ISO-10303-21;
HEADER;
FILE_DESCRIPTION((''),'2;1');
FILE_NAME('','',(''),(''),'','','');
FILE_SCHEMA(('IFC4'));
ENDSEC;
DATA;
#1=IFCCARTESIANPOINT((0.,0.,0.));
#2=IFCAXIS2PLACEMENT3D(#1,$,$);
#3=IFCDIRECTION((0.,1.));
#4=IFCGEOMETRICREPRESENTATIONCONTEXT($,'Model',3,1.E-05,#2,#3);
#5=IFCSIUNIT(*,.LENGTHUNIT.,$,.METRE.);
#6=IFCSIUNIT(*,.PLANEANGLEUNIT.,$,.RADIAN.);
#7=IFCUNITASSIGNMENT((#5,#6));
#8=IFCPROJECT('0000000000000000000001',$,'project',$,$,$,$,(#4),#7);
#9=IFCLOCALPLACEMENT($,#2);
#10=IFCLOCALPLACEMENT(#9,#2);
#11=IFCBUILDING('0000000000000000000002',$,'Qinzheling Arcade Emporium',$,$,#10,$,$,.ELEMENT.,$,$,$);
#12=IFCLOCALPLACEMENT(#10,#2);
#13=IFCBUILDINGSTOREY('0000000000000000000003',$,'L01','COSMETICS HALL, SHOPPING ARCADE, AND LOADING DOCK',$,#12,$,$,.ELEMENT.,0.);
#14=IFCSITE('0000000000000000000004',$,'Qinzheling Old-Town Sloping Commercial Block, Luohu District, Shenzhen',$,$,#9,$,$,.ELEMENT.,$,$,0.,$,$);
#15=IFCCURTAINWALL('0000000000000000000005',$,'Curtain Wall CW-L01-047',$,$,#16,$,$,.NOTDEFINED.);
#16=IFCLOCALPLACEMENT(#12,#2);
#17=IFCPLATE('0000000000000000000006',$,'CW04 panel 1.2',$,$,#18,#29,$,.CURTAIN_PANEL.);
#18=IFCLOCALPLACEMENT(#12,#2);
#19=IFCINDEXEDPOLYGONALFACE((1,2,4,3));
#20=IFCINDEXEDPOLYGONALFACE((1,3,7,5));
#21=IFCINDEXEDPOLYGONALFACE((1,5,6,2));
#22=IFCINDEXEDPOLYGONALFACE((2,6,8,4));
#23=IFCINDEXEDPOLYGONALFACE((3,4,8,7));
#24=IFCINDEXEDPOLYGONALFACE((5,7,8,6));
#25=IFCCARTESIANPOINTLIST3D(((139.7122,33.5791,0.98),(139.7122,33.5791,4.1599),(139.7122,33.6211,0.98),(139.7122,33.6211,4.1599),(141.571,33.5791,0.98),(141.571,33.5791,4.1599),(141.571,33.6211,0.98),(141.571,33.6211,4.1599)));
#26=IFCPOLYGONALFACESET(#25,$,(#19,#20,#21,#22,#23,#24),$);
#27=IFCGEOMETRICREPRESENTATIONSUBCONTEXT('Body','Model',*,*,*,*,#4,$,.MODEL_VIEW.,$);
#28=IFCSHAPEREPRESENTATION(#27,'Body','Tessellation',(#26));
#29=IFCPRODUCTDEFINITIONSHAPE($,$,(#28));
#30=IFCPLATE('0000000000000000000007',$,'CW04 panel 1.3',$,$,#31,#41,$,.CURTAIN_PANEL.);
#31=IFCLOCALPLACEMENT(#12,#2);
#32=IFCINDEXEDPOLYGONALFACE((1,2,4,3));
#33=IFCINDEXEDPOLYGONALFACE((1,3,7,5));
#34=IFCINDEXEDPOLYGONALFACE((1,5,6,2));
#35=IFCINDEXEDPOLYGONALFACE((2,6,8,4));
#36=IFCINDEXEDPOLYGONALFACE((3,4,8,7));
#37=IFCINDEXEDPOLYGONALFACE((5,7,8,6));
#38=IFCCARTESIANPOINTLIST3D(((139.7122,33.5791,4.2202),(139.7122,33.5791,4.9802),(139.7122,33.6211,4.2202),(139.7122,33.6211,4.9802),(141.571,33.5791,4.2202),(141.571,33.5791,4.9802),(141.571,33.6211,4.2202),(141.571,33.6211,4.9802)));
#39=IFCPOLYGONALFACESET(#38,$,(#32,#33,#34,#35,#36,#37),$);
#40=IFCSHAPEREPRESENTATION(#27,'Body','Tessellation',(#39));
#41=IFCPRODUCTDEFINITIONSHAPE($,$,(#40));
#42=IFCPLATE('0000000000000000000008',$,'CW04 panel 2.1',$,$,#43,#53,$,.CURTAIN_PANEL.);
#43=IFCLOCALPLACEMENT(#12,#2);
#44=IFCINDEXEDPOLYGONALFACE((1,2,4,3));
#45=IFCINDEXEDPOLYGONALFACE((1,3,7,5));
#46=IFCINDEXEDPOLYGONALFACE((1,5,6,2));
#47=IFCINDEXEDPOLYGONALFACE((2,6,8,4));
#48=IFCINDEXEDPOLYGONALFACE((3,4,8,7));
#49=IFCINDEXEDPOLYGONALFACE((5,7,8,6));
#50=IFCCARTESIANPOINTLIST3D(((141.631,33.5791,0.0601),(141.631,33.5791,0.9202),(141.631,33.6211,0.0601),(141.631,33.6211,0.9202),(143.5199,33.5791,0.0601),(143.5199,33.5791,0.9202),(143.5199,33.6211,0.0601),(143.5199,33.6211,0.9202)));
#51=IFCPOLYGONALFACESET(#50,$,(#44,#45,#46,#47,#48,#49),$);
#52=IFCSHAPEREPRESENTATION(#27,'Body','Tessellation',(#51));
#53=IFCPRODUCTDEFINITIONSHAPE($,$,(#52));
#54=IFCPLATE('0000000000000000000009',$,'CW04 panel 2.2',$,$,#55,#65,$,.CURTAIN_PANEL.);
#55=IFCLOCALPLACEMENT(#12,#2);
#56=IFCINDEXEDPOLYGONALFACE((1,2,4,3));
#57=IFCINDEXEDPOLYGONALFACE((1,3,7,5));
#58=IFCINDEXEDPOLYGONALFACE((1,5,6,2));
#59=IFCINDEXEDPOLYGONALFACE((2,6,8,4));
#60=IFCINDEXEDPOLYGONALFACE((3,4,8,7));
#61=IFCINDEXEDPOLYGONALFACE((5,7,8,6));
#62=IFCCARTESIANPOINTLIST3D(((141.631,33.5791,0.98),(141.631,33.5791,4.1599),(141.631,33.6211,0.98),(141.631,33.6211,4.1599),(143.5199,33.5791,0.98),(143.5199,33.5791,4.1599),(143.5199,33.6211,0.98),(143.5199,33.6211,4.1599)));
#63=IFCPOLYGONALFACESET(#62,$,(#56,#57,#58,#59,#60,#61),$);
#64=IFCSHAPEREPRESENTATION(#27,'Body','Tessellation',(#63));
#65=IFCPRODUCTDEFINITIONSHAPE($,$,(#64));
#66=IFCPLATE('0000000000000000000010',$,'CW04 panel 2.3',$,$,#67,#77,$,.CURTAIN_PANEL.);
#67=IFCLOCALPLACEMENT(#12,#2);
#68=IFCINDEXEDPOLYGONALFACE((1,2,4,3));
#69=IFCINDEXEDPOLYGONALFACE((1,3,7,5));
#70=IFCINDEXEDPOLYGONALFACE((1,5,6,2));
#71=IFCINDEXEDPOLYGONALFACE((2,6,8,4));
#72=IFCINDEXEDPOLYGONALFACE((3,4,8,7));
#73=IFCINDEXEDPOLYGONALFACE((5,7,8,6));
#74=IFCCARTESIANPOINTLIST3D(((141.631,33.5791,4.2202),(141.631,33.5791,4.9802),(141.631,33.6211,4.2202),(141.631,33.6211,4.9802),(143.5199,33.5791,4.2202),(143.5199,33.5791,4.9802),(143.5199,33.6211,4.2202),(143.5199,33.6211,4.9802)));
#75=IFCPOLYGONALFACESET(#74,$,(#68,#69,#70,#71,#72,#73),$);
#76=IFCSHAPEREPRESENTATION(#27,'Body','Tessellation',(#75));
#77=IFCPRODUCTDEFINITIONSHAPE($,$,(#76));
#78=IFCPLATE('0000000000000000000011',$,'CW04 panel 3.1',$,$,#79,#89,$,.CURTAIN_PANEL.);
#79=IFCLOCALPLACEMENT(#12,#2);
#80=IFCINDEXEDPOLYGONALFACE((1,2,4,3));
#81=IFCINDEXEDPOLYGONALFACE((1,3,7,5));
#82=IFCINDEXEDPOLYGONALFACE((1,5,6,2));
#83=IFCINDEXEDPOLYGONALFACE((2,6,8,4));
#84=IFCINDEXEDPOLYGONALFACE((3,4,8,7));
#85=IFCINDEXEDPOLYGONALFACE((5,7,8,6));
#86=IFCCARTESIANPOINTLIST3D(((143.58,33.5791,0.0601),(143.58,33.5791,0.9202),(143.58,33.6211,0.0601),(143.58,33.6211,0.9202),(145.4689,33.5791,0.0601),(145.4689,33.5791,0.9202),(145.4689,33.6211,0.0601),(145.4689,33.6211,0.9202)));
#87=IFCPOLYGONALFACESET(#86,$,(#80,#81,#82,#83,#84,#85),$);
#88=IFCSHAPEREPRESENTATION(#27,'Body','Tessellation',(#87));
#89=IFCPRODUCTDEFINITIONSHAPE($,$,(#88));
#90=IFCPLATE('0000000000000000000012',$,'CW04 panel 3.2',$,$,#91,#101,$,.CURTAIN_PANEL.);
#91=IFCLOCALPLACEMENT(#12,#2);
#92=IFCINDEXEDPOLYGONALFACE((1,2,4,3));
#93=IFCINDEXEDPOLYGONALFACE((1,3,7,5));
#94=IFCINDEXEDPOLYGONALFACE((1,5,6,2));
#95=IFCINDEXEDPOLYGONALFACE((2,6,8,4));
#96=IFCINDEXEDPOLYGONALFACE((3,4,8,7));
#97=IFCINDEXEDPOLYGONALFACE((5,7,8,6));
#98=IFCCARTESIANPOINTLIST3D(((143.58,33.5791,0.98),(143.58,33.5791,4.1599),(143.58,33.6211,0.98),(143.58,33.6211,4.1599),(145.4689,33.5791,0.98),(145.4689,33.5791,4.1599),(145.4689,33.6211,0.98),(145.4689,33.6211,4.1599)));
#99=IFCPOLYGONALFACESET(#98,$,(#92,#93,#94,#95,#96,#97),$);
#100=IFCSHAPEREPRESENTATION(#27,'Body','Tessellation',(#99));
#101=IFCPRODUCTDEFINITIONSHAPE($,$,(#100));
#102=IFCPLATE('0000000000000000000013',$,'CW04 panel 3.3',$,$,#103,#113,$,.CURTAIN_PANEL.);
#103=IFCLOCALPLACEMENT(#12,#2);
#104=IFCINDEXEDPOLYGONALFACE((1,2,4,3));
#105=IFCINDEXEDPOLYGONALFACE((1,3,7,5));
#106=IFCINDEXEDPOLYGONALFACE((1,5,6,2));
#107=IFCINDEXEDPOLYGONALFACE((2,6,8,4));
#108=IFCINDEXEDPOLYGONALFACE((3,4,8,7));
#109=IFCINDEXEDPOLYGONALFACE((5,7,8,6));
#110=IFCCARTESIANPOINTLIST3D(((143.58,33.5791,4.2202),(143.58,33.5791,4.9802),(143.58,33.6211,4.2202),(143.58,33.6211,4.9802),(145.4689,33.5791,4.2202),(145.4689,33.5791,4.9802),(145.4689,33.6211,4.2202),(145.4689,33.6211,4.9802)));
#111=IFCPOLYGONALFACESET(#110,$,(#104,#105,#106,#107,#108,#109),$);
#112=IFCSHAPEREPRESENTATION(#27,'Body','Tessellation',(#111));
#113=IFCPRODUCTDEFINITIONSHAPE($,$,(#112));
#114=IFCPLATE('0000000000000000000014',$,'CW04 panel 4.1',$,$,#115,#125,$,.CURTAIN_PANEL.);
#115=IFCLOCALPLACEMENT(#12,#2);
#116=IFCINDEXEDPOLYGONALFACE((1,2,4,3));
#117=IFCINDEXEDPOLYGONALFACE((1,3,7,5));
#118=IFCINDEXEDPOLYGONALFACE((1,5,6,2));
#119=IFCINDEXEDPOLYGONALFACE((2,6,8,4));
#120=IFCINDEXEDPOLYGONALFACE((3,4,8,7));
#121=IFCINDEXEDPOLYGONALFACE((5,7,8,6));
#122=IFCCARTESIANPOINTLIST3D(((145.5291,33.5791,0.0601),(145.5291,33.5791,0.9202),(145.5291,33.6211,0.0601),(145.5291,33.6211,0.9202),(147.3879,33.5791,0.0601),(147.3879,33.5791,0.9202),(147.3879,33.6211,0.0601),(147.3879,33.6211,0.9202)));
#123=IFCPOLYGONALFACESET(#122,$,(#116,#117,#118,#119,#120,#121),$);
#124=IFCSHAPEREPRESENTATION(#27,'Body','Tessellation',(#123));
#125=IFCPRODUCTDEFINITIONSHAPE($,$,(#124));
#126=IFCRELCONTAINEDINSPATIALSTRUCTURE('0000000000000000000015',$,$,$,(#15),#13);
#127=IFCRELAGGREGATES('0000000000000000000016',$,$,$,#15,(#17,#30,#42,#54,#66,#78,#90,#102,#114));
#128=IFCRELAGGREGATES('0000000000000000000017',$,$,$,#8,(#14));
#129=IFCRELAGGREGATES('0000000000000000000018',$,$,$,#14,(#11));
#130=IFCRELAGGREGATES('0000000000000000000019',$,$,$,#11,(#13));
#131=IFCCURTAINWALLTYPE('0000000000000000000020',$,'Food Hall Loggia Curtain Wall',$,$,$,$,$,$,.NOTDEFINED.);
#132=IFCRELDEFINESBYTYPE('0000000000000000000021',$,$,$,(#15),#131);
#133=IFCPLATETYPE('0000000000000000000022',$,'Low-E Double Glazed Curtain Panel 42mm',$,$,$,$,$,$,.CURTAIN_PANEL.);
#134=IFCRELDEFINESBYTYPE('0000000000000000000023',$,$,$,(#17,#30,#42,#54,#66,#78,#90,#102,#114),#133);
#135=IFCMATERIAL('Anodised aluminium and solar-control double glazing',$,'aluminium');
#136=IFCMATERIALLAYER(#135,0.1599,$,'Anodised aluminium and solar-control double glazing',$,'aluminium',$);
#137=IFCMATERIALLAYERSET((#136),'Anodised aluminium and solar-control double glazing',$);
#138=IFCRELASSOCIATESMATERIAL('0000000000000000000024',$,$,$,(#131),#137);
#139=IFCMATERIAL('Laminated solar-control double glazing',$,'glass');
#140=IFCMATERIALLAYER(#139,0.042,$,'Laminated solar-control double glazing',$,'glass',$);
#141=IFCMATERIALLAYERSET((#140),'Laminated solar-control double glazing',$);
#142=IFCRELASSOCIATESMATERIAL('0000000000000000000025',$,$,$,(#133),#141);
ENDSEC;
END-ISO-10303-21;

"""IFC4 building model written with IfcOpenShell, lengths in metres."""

from ifc_helpers import new_model, si_unit, direction, frame, origin, origin_2d, place, context, subcontext, project, spatial, rectangle, extrude, material, layer, layer_set, type_object, element, aggregate, save


model = new_model("IFC4")

# Units and contexts
model_context = context("Model", 3, precision=1e-05, world=origin(), true_north=direction((0.0, 1.0)))
body_context = subcontext(model_context, "Body", "Model", "MODEL_VIEW")
ifc_project = project(units=[si_unit("LENGTHUNIT", "METRE"), si_unit("PLANEANGLEUNIT", "RADIAN")], contexts=[model_context])

# Site, building, storey
site_placement = place(None, origin())
site = spatial("IfcSite", under=ifc_project, at=site_placement, Name="Qinzheling Old-Town Sloping Commercial Block, Luohu District, Shenzhen", CompositionType="ELEMENT", RefElevation=0.0)
building_placement = place(site_placement, origin())
building = spatial("IfcBuilding", under=site, at=building_placement, Name="Qinzheling Arcade Emporium", CompositionType="ELEMENT")
storey_placement = place(building_placement, origin())
storey = spatial("IfcBuildingStorey", under=building, at=storey_placement, Name="L01", Description="COSMETICS HALL, SHOPPING ARCADE, AND LOADING DOCK", CompositionType="ELEMENT", Elevation=0.0)

# Curtain wall
ifc_material_1 = material(Name="Anodised aluminium and solar-control double glazing", Category="aluminium")
ifc_layer_1 = layer(ifc_material_1, 0.1599, Name="Anodised aluminium and solar-control double glazing", Category="aluminium")
ifc_layer_set_1 = layer_set([ifc_layer_1], Name="Anodised aluminium and solar-control double glazing")
curtain_wall_type = type_object("IfcCurtainWallType", Name="Food Hall Loggia Curtain Wall", PredefinedType="NOTDEFINED", material=ifc_layer_set_1)
curtain_wall_placement = place(storey_placement, origin())
curtain_wall = element("IfcCurtainWall", 1, at=curtain_wall_placement, inside=storey, type_object=curtain_wall_type, Name="Curtain Wall CW-L01-047", PredefinedType="NOTDEFINED")

# Plates
ifc_material_2 = material(Name="Laminated solar-control double glazing", Category="glass")
ifc_layer_2 = layer(ifc_material_2, 0.042, Name="Laminated solar-control double glazing", Category="glass")
ifc_layer_set_2 = layer_set([ifc_layer_2], Name="Laminated solar-control double glazing")
plate_type = type_object("IfcPlateType", Name="Low-E Double Glazed Curtain Panel 42mm", PredefinedType="CURTAIN_PANEL", material=ifc_layer_set_2)
plate_1_placement = place(storey_placement, frame((140.6416, 33.6001, 0.98), z_axis=(0.0, 0.0, 1.0), x_axis=(1.0, 0.0, 0.0)))
plate_1 = element("IfcPlate", 2, at=plate_1_placement, type_object=plate_type, Name="CW04 panel 1.2", PredefinedType="CURTAIN_PANEL", context=body_context, shape_type="SweptSolid", body=[
    extrude(rectangle(XDim=1.8589, YDim=0.042, at=origin_2d()), origin(), (0.0, 0.0, 1.0), 3.1799),
])
plate_2_placement = place(storey_placement, frame((140.6416, 33.6001, 4.2202), z_axis=(0.0, 0.0, 1.0), x_axis=(1.0, 0.0, 0.0)))
plate_2 = element("IfcPlate", 3, at=plate_2_placement, type_object=plate_type, Name="CW04 panel 1.3", PredefinedType="CURTAIN_PANEL", context=body_context, shape_type="SweptSolid", body=[
    extrude(rectangle(XDim=1.8589, YDim=0.042, at=origin_2d()), origin(), (0.0, 0.0, 1.0), 0.76),
])
plate_3_placement = place(storey_placement, frame((142.5754, 33.6001, 0.0601), z_axis=(0.0, 0.0, 1.0), x_axis=(1.0, 0.0, 0.0)))
plate_3 = element("IfcPlate", 4, at=plate_3_placement, type_object=plate_type, Name="CW04 panel 2.1", PredefinedType="CURTAIN_PANEL", context=body_context, shape_type="SweptSolid", body=[
    extrude(rectangle(XDim=1.8889, YDim=0.042, at=origin_2d()), origin(), (0.0, 0.0, 1.0), 0.8601),
])
plate_4_placement = place(storey_placement, frame((142.5754, 33.6001, 0.98), z_axis=(0.0, 0.0, 1.0), x_axis=(1.0, 0.0, 0.0)))
plate_4 = element("IfcPlate", 5, at=plate_4_placement, type_object=plate_type, Name="CW04 panel 2.2", PredefinedType="CURTAIN_PANEL", context=body_context, shape_type="SweptSolid", body=[
    extrude(rectangle(XDim=1.8889, YDim=0.042, at=origin_2d()), origin(), (0.0, 0.0, 1.0), 3.1799),
])
plate_5_placement = place(storey_placement, frame((142.5754, 33.6001, 4.2202), z_axis=(0.0, 0.0, 1.0), x_axis=(1.0, 0.0, 0.0)))
plate_5 = element("IfcPlate", 6, at=plate_5_placement, type_object=plate_type, Name="CW04 panel 2.3", PredefinedType="CURTAIN_PANEL", context=body_context, shape_type="SweptSolid", body=[
    extrude(rectangle(XDim=1.8889, YDim=0.042, at=origin_2d()), origin(), (0.0, 0.0, 1.0), 0.76),
])
plate_6_placement = place(storey_placement, frame((144.5244, 33.6001, 0.0601), z_axis=(0.0, 0.0, 1.0), x_axis=(1.0, 0.0, 0.0)))
plate_6 = element("IfcPlate", 7, at=plate_6_placement, type_object=plate_type, Name="CW04 panel 3.1", PredefinedType="CURTAIN_PANEL", context=body_context, shape_type="SweptSolid", body=[
    extrude(rectangle(XDim=1.8889, YDim=0.042, at=origin_2d()), origin(), (0.0, 0.0, 1.0), 0.8601),
])
plate_7_placement = place(storey_placement, frame((144.5244, 33.6001, 0.98), z_axis=(0.0, 0.0, 1.0), x_axis=(1.0, 0.0, 0.0)))
plate_7 = element("IfcPlate", 8, at=plate_7_placement, type_object=plate_type, Name="CW04 panel 3.2", PredefinedType="CURTAIN_PANEL", context=body_context, shape_type="SweptSolid", body=[
    extrude(rectangle(XDim=1.8889, YDim=0.042, at=origin_2d()), origin(), (0.0, 0.0, 1.0), 3.1799),
])
plate_8_placement = place(storey_placement, frame((144.5244, 33.6001, 4.2202), z_axis=(0.0, 0.0, 1.0), x_axis=(1.0, 0.0, 0.0)))
plate_8 = element("IfcPlate", 9, at=plate_8_placement, type_object=plate_type, Name="CW04 panel 3.3", PredefinedType="CURTAIN_PANEL", context=body_context, shape_type="SweptSolid", body=[
    extrude(rectangle(XDim=1.8889, YDim=0.042, at=origin_2d()), origin(), (0.0, 0.0, 1.0), 0.76),
])
plate_9_placement = place(storey_placement, frame((146.4585, 33.6001, 0.0601), z_axis=(0.0, 0.0, 1.0), x_axis=(1.0, 0.0, 0.0)))
plate_9 = element("IfcPlate", 10, at=plate_9_placement, type_object=plate_type, Name="CW04 panel 4.1", PredefinedType="CURTAIN_PANEL", context=body_context, shape_type="SweptSolid", body=[
    extrude(rectangle(XDim=1.8589, YDim=0.042, at=origin_2d()), origin(), (0.0, 0.0, 1.0), 0.8601),
])
aggregate(curtain_wall, [plate_1, plate_2, plate_3, plate_4, plate_5, plate_6, plate_7, plate_8, plate_9])

save(model, "model.ifc")
